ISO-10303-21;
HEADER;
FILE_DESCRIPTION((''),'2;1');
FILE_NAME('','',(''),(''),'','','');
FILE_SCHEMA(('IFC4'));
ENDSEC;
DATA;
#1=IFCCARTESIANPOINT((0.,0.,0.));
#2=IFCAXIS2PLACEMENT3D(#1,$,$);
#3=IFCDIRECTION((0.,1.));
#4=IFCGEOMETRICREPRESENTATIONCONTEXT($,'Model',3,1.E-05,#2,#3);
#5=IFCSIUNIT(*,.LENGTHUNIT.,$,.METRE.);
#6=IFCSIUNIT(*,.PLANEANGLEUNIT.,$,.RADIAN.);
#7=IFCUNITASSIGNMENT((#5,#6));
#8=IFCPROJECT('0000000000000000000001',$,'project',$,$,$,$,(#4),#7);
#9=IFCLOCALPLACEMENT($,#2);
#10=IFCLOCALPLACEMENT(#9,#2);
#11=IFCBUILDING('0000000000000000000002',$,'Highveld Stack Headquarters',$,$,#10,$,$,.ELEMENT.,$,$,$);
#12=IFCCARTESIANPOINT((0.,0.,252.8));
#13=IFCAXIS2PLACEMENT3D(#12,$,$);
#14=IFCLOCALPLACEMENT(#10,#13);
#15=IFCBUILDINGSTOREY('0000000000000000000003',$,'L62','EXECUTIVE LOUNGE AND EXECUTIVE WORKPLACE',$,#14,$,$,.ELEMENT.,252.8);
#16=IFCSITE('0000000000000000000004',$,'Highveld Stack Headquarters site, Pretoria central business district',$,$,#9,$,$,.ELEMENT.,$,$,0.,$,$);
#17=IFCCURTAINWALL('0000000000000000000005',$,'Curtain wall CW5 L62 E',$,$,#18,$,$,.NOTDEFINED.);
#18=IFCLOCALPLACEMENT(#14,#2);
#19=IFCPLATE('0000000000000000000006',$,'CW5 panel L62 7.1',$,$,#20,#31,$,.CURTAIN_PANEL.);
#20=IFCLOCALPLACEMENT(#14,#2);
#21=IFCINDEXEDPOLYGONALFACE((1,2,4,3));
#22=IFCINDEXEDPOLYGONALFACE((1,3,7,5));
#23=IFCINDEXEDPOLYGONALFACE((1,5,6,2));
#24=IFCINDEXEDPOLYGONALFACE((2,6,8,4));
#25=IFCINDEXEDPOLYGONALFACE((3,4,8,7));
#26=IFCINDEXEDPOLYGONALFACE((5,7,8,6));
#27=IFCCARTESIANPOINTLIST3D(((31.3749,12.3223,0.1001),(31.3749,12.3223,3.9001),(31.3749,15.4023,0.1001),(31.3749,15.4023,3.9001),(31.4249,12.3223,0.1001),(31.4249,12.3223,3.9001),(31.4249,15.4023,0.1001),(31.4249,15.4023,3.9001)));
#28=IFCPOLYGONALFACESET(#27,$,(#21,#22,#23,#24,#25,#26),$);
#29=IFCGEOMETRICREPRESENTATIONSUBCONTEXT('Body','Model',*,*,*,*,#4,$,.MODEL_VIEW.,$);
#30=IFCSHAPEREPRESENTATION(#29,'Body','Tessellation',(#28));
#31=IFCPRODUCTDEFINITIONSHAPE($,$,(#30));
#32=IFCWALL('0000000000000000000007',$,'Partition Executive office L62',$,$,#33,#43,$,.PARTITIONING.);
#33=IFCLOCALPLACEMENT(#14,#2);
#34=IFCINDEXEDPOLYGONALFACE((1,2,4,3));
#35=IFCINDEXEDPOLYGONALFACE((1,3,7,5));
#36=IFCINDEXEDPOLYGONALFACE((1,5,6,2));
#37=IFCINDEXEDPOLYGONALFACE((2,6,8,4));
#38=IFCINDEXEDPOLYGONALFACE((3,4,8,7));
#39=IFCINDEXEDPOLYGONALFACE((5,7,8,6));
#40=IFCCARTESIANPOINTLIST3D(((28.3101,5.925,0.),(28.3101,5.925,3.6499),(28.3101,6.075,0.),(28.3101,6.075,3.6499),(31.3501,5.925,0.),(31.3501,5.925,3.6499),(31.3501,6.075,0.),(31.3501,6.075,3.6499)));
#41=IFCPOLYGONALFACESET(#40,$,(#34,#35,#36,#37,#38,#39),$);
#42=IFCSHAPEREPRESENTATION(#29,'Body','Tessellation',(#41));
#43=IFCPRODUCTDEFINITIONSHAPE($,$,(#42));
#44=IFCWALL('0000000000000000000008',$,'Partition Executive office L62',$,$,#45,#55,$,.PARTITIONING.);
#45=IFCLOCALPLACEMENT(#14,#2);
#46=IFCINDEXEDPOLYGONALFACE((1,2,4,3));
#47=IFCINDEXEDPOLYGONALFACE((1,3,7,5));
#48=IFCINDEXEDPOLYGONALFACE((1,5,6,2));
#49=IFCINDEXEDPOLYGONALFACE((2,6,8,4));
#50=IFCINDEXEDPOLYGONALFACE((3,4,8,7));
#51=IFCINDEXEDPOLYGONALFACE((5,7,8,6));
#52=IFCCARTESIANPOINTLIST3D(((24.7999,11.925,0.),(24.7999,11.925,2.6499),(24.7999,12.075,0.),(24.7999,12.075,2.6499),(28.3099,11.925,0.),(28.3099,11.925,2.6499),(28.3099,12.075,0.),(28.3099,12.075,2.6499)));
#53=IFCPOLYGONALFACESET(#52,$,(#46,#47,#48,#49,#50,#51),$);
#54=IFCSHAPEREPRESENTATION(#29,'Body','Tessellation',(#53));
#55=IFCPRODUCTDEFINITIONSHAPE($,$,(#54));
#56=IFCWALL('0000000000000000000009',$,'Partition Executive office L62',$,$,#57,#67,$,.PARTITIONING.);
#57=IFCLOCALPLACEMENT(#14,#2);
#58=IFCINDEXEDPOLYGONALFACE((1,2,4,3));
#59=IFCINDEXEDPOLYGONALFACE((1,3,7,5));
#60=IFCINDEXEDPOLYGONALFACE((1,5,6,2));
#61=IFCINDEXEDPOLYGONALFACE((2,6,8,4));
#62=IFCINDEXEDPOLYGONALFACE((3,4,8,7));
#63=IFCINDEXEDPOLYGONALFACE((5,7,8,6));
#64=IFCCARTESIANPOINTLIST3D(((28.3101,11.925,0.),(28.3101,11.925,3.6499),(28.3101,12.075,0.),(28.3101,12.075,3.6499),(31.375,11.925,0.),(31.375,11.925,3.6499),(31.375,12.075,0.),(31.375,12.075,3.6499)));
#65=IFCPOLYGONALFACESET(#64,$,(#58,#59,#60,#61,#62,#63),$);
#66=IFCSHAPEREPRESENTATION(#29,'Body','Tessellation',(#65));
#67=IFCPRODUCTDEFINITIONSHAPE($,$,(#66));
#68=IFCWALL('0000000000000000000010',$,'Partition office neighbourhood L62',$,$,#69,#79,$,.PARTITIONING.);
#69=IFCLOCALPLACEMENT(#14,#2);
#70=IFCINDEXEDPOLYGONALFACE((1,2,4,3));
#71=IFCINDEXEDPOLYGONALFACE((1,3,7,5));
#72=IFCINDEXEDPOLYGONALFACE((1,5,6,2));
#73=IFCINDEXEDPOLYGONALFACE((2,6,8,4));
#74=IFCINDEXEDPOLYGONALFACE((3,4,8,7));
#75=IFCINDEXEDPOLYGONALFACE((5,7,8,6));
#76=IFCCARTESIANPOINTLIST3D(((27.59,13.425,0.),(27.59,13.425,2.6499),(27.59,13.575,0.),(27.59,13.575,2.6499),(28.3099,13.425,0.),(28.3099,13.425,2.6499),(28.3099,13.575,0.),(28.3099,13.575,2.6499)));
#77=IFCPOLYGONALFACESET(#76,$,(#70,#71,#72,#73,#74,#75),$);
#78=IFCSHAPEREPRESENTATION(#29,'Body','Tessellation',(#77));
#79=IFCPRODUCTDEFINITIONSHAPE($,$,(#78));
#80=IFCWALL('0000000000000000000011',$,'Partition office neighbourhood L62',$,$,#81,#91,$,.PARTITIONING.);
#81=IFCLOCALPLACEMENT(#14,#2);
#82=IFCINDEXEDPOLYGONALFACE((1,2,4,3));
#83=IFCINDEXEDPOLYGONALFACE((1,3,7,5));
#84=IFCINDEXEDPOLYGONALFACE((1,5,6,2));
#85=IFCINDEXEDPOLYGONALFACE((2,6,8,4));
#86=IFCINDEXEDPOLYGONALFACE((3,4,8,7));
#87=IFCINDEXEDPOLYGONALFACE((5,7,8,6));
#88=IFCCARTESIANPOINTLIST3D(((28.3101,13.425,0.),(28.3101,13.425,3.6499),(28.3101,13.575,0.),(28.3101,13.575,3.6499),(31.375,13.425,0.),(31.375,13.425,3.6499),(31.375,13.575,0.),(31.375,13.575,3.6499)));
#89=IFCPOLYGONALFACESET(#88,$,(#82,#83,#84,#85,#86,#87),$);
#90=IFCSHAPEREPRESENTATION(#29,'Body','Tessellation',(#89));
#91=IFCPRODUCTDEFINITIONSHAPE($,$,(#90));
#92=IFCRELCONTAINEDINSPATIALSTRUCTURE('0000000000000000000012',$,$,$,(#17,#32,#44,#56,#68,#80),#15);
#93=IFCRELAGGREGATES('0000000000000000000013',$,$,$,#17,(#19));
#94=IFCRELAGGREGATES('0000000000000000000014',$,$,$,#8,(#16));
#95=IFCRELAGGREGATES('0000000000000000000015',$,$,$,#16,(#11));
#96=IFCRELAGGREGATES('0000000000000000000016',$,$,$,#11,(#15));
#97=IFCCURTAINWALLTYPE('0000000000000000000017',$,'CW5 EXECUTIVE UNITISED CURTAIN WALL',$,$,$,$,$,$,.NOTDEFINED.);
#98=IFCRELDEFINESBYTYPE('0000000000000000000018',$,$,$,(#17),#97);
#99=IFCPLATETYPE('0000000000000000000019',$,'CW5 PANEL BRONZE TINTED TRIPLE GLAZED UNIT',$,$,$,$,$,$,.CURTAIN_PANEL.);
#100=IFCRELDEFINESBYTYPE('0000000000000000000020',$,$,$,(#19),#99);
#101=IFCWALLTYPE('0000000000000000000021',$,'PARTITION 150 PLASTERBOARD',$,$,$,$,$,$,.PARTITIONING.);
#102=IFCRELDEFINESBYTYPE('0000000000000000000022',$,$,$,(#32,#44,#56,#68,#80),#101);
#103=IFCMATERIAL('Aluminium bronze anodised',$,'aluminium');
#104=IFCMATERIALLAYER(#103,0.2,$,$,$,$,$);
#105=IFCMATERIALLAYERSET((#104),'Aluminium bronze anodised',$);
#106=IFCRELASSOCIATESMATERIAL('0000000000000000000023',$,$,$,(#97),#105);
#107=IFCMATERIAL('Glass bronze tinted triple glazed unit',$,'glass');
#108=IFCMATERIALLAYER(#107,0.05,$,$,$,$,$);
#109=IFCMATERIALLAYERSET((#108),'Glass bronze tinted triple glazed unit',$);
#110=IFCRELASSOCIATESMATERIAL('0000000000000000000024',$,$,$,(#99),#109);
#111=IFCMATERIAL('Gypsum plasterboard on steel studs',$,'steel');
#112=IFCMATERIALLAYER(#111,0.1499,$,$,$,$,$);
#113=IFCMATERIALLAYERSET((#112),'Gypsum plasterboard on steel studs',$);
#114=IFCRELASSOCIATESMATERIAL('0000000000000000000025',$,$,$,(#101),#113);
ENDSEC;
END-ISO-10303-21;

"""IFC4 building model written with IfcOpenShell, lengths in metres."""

from ifc_helpers import new_model, si_unit, direction, frame, frame_2d, origin, origin_2d, place, context, subcontext, project, spatial, rectangle, extrude, material, layer, layer_set, type_object, element, aggregate, save


model = new_model("IFC4")

# Units and contexts
model_context = context("Model", 3, precision=1e-05, world=origin(), true_north=direction((0.0, 1.0)))
body_context = subcontext(model_context, "Body", "Model", "MODEL_VIEW")
ifc_project = project(units=[si_unit("LENGTHUNIT", "METRE"), si_unit("PLANEANGLEUNIT", "RADIAN")], contexts=[model_context])

# Site, building, storey
site_placement = place(None, origin())
site = spatial("IfcSite", under=ifc_project, at=site_placement, Name="Highveld Stack Headquarters site, Pretoria central business district", CompositionType="ELEMENT", RefElevation=0.0)
building_placement = place(site_placement, origin())
building = spatial("IfcBuilding", under=site, at=building_placement, Name="Highveld Stack Headquarters", CompositionType="ELEMENT")
storey_placement = place(building_placement, frame((0.0, 0.0, 252.8)))
storey = spatial("IfcBuildingStorey", under=building, at=storey_placement, Name="L62", Description="EXECUTIVE LOUNGE AND EXECUTIVE WORKPLACE", CompositionType="ELEMENT", Elevation=252.8)

# Curtain wall
ifc_material_1 = material(Name="Aluminium bronze anodised", Category="aluminium")
ifc_layer_1 = layer(ifc_material_1, 0.2)
ifc_layer_set_1 = layer_set([ifc_layer_1], Name="Aluminium bronze anodised")
curtain_wall_type = type_object("IfcCurtainWallType", Name="CW5 EXECUTIVE UNITISED CURTAIN WALL", PredefinedType="NOTDEFINED", material=ifc_layer_set_1)
curtain_wall_placement = place(storey_placement, origin())
curtain_wall = element("IfcCurtainWall", 1, at=curtain_wall_placement, inside=storey, type_object=curtain_wall_type, Name="Curtain wall CW5 L62 E", PredefinedType="NOTDEFINED")

# Plate
ifc_material_2 = material(Name="Glass bronze tinted triple glazed unit", Category="glass")
ifc_layer_2 = layer(ifc_material_2, 0.05)
ifc_layer_set_2 = layer_set([ifc_layer_2], Name="Glass bronze tinted triple glazed unit")
plate_type = type_object("IfcPlateType", Name="CW5 PANEL BRONZE TINTED TRIPLE GLAZED UNIT", PredefinedType="CURTAIN_PANEL", material=ifc_layer_set_2)
plate_1_placement = place(storey_placement, frame((31.3999, 13.8623, 0.1001), z_axis=(0.0, 0.0, 1.0), x_axis=(0.0, 1.0, 0.0)))
plate_1 = element("IfcPlate", 2, at=plate_1_placement, type_object=plate_type, Name="CW5 panel L62 7.1", PredefinedType="CURTAIN_PANEL", context=body_context, shape_type="SweptSolid", body=[
    extrude(rectangle(XDim=3.0801, YDim=0.05, at=origin_2d()), origin(), (0.0, 0.0, 1.0), 3.8),
])
aggregate(curtain_wall, [plate_1])

# Walls
ifc_material_3 = material(Name="Gypsum plasterboard on steel studs", Category="steel")
ifc_layer_3 = layer(ifc_material_3, 0.1499)
ifc_layer_set_3 = layer_set([ifc_layer_3], Name="Gypsum plasterboard on steel studs")
wall_type = type_object("IfcWallType", Name="PARTITION 150 PLASTERBOARD", PredefinedType="PARTITIONING", material=ifc_layer_set_3)
wall_1_placement = place(storey_placement, frame((28.3101, 6.0, 0.0), z_axis=(0.0, 0.0, 1.0), x_axis=(1.0, 0.0, 0.0)))
element("IfcWall", 3, at=wall_1_placement, inside=storey, type_object=wall_type, Name="Partition Executive office L62", PredefinedType="PARTITIONING", context=body_context, shape_type="SweptSolid", body=[
    extrude(rectangle(XDim=3.04, YDim=0.1499, at=frame_2d((1.52, 0.0))), origin(), (0.0, 0.0, 1.0), 3.6499),
])
wall_2_placement = place(storey_placement, frame((24.8, 12.0, 0.0), z_axis=(0.0, 0.0, 1.0), x_axis=(1.0, 0.0, 0.0)))
element("IfcWall", 4, at=wall_2_placement, inside=storey, type_object=wall_type, Name="Partition Executive office L62", PredefinedType="PARTITIONING", context=body_context, shape_type="SweptSolid", body=[
    extrude(rectangle(XDim=3.51, YDim=0.1499, at=frame_2d((1.7549, 0.0))), origin(), (0.0, 0.0, 1.0), 2.6499),
])
wall_3_placement = place(storey_placement, frame((28.3101, 12.0, 0.0), z_axis=(0.0, 0.0, 1.0), x_axis=(1.0, 0.0, 0.0)))
element("IfcWall", 5, at=wall_3_placement, inside=storey, type_object=wall_type, Name="Partition Executive office L62", PredefinedType="PARTITIONING", context=body_context, shape_type="SweptSolid", body=[
    extrude(rectangle(XDim=3.0649, YDim=0.1499, at=frame_2d((1.5325, 0.0))), origin(), (0.0, 0.0, 1.0), 3.6499),
])
wall_4_placement = place(storey_placement, frame((27.5901, 13.5, 0.0), z_axis=(0.0, 0.0, 1.0), x_axis=(1.0, 0.0, 0.0)))
element("IfcWall", 6, at=wall_4_placement, inside=storey, type_object=wall_type, Name="Partition office neighbourhood L62", PredefinedType="PARTITIONING", context=body_context, shape_type="SweptSolid", body=[
    extrude(rectangle(XDim=0.72, YDim=0.1499, at=frame_2d((0.3599, 0.0))), origin(), (0.0, 0.0, 1.0), 2.6499),
])
wall_5_placement = place(storey_placement, frame((28.3101, 13.5, 0.0), z_axis=(0.0, 0.0, 1.0), x_axis=(1.0, 0.0, 0.0)))
element("IfcWall", 7, at=wall_5_placement, inside=storey, type_object=wall_type, Name="Partition office neighbourhood L62", PredefinedType="PARTITIONING", context=body_context, shape_type="SweptSolid", body=[
    extrude(rectangle(XDim=3.0649, YDim=0.1499, at=frame_2d((1.5325, 0.0))), origin(), (0.0, 0.0, 1.0), 3.6499),
])

save(model, "model.ifc")
